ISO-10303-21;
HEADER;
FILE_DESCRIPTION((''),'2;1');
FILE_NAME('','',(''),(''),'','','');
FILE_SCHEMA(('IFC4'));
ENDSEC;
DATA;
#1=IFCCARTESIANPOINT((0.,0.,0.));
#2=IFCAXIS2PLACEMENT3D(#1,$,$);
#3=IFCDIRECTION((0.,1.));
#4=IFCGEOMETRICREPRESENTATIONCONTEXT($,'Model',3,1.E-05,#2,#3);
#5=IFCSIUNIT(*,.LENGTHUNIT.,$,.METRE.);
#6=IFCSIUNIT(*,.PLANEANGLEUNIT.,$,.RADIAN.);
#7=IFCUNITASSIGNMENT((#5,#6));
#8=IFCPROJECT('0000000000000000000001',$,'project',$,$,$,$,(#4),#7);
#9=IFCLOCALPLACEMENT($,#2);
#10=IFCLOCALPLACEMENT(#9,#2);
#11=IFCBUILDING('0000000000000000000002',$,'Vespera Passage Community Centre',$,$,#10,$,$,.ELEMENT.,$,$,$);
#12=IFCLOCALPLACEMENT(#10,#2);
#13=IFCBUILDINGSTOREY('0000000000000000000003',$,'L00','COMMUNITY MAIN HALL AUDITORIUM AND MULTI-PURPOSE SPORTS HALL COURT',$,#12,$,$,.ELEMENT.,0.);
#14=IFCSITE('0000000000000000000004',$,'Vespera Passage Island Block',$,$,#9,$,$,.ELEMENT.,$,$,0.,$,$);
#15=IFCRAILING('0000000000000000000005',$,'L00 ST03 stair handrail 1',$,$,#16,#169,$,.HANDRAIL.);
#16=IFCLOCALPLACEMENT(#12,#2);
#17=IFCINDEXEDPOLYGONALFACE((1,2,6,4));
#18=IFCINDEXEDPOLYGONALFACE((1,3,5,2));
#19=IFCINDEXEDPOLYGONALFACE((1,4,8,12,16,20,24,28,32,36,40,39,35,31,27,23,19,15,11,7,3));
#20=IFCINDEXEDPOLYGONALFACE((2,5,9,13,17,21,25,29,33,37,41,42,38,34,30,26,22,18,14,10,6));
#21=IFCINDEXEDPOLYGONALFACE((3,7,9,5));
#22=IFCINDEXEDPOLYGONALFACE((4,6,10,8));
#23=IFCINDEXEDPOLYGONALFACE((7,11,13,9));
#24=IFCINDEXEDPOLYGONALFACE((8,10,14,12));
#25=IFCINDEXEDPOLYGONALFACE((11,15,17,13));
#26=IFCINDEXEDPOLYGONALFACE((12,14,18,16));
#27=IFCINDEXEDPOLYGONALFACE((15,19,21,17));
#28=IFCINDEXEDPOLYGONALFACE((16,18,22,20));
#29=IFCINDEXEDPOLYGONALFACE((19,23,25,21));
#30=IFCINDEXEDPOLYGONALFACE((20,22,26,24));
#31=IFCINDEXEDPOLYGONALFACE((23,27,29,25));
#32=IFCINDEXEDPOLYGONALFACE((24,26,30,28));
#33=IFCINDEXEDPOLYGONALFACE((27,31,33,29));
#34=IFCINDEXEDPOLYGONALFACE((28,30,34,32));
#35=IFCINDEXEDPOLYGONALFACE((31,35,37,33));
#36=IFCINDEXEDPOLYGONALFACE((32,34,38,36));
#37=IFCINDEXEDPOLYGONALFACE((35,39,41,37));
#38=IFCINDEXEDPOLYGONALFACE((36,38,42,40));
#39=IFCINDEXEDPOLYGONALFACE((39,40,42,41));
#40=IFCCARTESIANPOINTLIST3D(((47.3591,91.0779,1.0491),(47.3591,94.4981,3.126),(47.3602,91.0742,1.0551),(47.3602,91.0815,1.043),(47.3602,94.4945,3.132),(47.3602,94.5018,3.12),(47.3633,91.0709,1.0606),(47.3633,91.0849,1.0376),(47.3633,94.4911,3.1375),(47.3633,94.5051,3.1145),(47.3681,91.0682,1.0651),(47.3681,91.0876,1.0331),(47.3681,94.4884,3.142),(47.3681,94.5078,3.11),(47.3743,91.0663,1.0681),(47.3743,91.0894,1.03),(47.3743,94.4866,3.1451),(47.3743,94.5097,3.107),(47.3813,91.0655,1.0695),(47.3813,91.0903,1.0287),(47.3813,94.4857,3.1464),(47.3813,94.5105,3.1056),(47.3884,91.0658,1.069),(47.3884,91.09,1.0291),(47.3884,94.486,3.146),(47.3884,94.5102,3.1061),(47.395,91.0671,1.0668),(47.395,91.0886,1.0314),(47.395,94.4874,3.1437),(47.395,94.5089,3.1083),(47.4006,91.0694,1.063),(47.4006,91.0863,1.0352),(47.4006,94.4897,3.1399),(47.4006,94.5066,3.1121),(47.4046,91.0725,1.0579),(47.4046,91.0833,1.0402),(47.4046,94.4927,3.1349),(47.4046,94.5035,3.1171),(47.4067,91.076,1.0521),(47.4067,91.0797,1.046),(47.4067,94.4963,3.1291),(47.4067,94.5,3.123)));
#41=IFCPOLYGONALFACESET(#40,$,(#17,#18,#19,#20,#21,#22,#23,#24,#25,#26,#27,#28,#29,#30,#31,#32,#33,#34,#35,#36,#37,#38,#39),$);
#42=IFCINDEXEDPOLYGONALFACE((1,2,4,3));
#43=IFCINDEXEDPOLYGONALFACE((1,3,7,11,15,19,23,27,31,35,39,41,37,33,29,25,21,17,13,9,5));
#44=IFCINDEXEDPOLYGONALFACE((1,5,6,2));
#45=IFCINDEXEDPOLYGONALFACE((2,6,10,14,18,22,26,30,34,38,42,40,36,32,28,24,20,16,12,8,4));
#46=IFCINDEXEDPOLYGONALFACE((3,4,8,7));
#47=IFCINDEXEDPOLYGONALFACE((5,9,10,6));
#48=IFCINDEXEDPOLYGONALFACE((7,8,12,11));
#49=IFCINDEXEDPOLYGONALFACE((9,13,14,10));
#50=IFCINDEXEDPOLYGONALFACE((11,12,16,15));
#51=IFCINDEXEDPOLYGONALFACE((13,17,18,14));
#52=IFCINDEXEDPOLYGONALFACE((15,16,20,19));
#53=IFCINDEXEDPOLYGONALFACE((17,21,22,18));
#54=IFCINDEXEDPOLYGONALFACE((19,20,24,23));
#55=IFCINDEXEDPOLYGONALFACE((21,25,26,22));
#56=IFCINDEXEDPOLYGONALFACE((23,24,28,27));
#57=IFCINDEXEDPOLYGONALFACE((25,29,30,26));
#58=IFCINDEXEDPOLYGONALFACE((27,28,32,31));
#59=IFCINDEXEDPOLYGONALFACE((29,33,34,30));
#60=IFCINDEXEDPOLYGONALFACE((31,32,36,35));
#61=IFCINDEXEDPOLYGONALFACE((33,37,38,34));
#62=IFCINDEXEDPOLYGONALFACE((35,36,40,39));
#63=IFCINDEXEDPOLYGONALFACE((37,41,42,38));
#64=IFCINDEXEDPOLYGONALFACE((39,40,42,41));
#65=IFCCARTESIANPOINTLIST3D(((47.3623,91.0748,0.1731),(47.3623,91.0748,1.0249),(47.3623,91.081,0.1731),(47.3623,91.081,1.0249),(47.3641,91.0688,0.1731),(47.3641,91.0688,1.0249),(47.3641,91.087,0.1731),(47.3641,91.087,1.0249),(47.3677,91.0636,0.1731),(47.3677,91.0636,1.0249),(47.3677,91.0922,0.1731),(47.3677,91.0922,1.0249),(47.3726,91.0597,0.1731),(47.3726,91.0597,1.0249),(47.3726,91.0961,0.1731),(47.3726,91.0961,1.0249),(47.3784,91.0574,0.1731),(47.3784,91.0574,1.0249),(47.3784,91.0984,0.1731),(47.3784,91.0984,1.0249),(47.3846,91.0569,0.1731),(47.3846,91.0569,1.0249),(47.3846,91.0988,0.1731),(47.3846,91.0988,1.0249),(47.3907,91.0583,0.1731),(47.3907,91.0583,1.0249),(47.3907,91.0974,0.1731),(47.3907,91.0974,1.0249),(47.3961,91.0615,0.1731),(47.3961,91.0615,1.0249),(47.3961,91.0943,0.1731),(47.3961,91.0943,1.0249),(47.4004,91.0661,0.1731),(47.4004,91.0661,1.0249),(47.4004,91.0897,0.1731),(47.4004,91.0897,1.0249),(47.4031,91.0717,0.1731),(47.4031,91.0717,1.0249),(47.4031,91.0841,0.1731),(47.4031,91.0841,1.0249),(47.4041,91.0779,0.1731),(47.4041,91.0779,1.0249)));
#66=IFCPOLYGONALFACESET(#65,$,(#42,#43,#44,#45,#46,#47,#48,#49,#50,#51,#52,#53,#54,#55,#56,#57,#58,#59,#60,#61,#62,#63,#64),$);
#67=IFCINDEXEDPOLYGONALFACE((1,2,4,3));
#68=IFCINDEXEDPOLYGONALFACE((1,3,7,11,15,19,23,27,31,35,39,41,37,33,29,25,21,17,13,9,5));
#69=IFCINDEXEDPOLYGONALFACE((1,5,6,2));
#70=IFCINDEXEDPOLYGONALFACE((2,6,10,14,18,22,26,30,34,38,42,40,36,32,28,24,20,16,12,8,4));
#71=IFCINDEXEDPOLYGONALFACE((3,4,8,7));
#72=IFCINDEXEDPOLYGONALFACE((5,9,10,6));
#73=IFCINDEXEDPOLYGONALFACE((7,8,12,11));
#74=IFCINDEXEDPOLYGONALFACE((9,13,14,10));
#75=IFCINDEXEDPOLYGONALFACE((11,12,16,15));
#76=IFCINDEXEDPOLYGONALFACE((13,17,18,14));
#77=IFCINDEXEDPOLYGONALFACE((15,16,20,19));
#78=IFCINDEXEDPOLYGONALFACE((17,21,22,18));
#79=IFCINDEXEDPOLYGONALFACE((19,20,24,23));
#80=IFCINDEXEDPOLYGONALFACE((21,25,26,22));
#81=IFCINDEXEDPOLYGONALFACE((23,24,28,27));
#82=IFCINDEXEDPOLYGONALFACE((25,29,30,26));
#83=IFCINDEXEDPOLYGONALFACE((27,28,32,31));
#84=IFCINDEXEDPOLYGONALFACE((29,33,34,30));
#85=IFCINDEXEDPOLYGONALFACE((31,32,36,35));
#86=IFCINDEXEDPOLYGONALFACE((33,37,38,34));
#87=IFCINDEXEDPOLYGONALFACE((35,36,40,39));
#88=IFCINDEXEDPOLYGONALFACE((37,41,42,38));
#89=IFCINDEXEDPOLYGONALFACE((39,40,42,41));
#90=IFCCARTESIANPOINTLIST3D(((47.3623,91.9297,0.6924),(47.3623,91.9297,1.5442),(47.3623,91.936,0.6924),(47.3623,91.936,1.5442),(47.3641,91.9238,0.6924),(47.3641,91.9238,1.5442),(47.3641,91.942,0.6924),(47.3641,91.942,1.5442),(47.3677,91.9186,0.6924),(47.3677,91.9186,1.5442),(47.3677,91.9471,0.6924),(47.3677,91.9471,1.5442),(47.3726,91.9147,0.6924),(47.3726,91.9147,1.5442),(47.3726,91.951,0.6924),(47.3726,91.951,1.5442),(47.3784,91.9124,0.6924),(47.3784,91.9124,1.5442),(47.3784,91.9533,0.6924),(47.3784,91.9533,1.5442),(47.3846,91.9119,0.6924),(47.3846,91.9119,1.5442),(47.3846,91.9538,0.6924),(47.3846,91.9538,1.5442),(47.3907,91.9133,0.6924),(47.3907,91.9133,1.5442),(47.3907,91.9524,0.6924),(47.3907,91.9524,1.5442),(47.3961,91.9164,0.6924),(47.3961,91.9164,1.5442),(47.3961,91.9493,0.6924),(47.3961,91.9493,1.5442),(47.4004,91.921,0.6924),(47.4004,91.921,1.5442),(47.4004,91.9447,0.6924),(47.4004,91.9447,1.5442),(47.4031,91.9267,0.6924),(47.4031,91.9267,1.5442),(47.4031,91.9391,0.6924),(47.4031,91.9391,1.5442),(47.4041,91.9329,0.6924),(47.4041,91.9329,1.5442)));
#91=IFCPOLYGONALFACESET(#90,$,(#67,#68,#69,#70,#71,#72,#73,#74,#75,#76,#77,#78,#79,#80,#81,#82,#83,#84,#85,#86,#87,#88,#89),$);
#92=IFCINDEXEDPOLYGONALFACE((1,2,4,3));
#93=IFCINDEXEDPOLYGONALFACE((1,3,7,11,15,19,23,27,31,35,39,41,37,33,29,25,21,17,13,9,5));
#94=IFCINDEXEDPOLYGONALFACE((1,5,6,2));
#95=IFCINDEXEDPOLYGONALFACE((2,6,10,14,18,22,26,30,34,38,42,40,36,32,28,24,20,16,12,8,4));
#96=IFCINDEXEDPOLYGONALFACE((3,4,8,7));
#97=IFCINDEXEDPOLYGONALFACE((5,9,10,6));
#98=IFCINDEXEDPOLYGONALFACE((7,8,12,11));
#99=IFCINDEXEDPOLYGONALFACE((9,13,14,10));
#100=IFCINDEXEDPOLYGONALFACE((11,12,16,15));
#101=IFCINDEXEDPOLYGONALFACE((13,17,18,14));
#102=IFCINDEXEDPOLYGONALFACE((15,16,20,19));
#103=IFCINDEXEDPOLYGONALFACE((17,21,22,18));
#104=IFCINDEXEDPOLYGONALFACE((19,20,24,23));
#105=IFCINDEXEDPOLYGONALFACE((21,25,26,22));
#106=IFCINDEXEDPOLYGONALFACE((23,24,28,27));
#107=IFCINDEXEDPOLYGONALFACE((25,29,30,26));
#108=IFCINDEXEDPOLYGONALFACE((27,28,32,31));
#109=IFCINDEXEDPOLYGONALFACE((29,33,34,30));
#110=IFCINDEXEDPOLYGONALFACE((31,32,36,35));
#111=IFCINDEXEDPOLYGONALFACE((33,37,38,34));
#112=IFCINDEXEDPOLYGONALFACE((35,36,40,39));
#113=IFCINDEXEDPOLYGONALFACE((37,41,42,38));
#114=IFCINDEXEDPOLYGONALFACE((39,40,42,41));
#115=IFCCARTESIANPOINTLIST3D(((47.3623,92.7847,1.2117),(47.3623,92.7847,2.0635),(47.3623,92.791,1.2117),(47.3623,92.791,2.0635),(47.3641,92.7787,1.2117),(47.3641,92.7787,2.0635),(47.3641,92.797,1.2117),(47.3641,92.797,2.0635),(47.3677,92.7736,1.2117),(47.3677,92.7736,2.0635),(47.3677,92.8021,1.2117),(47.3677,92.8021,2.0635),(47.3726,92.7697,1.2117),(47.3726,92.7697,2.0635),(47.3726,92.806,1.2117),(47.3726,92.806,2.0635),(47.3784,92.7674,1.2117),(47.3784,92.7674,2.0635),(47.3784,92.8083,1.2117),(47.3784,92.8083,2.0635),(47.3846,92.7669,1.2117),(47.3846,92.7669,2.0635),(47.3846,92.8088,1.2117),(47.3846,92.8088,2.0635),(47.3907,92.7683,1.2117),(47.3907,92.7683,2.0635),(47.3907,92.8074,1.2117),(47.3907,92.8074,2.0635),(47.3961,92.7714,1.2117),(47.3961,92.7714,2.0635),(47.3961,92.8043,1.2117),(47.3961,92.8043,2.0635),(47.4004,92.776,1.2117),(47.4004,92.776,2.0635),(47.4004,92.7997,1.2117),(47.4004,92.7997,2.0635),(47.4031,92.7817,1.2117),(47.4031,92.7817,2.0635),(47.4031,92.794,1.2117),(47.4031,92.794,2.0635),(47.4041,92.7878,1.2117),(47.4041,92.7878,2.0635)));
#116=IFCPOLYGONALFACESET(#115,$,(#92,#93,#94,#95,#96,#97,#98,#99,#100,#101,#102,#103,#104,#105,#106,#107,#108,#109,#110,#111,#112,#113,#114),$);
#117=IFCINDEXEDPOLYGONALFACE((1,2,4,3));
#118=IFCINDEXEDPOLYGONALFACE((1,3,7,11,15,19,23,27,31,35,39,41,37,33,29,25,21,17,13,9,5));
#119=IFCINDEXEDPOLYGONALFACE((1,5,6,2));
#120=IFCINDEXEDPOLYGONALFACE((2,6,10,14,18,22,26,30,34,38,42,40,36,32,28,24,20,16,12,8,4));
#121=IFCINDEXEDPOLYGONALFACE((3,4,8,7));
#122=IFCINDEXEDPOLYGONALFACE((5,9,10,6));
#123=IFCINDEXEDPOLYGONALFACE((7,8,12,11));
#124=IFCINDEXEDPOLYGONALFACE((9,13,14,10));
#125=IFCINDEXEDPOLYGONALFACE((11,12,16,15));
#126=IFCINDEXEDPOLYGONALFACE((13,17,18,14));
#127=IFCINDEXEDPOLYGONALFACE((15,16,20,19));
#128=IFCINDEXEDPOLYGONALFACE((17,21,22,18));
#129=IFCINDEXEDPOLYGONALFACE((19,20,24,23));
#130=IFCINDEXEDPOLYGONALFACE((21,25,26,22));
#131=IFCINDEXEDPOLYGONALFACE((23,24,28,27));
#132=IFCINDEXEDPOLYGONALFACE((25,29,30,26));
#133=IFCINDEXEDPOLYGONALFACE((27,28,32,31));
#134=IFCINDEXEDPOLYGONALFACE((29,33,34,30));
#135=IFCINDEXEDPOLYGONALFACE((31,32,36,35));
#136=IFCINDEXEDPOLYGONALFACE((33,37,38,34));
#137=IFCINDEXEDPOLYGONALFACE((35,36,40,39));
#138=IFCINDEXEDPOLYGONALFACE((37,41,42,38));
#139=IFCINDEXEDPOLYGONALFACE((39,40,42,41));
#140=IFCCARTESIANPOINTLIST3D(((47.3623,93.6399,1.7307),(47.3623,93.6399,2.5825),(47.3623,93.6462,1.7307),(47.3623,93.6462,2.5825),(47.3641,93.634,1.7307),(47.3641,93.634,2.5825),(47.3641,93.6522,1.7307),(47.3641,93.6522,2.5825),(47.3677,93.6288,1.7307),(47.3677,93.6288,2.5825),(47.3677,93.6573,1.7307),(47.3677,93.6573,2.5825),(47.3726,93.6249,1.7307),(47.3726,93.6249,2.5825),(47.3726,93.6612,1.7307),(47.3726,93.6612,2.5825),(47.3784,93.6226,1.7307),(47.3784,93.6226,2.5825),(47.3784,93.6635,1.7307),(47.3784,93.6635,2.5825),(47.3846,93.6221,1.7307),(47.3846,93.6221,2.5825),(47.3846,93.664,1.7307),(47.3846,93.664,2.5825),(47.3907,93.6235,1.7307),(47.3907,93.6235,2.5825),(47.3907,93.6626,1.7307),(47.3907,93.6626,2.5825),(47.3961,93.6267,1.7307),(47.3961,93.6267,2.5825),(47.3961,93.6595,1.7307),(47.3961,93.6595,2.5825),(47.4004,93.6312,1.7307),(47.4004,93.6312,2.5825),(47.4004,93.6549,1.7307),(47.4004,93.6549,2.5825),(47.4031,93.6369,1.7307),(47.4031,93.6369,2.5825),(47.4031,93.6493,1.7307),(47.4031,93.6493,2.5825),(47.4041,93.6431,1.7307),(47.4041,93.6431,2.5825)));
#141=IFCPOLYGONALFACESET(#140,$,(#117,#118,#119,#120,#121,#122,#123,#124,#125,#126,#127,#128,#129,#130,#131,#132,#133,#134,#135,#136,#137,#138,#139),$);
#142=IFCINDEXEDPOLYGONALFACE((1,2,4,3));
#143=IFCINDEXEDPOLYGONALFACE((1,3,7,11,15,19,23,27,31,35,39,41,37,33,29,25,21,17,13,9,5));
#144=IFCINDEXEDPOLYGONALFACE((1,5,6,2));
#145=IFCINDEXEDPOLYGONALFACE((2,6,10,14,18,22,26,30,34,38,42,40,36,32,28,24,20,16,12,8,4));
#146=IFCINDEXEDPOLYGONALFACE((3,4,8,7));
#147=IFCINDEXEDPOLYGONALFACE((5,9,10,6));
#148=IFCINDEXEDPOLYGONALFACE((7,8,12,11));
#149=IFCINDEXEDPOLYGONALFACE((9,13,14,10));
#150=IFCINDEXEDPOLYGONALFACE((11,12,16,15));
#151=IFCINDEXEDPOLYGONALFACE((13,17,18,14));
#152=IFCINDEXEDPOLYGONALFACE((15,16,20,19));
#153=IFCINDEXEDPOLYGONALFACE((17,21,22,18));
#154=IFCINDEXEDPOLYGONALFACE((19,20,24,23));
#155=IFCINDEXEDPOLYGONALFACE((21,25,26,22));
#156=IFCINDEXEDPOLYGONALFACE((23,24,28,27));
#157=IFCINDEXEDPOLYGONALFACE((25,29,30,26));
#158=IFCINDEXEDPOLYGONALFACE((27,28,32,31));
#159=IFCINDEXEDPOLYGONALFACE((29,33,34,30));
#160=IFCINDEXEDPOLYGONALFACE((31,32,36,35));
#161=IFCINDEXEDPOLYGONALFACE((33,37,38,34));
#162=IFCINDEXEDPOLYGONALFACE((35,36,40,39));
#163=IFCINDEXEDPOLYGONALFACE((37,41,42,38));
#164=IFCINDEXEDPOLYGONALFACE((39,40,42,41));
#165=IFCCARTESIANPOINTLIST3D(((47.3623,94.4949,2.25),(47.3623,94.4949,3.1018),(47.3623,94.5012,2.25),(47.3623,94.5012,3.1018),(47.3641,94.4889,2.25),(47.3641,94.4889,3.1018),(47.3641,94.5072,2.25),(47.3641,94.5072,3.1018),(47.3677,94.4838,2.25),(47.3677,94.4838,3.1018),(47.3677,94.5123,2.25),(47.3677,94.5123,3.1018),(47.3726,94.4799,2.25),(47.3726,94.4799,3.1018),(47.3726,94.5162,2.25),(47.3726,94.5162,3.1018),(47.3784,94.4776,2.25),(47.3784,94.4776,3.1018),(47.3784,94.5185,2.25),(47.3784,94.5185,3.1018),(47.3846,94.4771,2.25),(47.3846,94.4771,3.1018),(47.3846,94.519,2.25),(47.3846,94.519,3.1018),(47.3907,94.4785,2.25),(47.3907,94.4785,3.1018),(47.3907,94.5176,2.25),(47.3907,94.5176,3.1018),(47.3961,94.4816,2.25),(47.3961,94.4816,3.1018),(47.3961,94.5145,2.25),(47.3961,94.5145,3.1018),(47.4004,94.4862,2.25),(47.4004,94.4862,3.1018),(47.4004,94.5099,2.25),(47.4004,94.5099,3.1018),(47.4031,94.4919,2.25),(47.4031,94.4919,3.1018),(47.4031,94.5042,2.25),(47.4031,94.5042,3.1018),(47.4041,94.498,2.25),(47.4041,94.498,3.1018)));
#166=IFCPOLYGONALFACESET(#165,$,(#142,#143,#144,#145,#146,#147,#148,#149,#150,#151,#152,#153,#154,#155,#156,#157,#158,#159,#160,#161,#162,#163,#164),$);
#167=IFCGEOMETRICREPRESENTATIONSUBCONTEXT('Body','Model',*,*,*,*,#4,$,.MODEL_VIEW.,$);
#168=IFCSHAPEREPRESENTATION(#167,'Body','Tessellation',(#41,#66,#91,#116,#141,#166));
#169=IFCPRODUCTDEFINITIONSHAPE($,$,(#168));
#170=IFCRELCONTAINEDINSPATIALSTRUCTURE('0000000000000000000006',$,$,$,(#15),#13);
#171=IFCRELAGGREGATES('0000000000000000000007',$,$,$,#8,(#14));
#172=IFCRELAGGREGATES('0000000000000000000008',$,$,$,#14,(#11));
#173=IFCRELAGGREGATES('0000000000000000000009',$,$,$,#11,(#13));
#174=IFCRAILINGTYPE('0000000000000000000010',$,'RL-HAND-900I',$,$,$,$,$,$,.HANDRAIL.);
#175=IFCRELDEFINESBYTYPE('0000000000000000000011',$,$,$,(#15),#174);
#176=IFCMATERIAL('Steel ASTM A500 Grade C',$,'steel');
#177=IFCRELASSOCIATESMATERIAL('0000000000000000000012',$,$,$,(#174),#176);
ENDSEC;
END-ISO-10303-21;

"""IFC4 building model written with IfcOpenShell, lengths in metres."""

from ifc_helpers import new_model, si_unit, direction, frame, origin, origin_2d, place, context, subcontext, project, spatial, circle, extrude, material, type_object, element, save


model = new_model("IFC4")

# Units and contexts
model_context = context("Model", 3, precision=1e-05, world=origin(), true_north=direction((0.0, 1.0)))
body_context = subcontext(model_context, "Body", "Model", "MODEL_VIEW")
ifc_project = project(units=[si_unit("LENGTHUNIT", "METRE"), si_unit("PLANEANGLEUNIT", "RADIAN")], contexts=[model_context])

# Site, building, storey
site_placement = place(None, origin())
site = spatial("IfcSite", under=ifc_project, at=site_placement, Name="Vespera Passage Island Block", CompositionType="ELEMENT", RefElevation=0.0)
building_placement = place(site_placement, origin())
building = spatial("IfcBuilding", under=site, at=building_placement, Name="Vespera Passage Community Centre", CompositionType="ELEMENT")
storey_placement = place(building_placement, origin())
storey = spatial("IfcBuildingStorey", under=building, at=storey_placement, Name="L00", Description="COMMUNITY MAIN HALL AUDITORIUM AND MULTI-PURPOSE SPORTS HALL COURT", CompositionType="ELEMENT", Elevation=0.0)

# Railing
ifc_material_1 = material(Name="Steel ASTM A500 Grade C", Category="steel")
railing_type = type_object("IfcRailingType", Name="RL-HAND-900I", PredefinedType="HANDRAIL", material=ifc_material_1)
railing_placement = place(storey_placement, frame((47.3831, 91.0779, 0.1731)))
element("IfcRailing", 1, at=railing_placement, inside=storey, type_object=railing_type, Name="L00 ST03 stair handrail 1", PredefinedType="HANDRAIL", context=body_context, shape_type="SweptSolid", body=[
    extrude(circle(Radius=0.0239, at=origin_2d()), frame((0.0, 0.0, 0.876), z_axis=(0.0, 0.854746, 0.519047), x_axis=(-1.0, 0.0, 0.0)), (0.0, 0.0, 1.0), 4.0015),
    extrude(circle(Radius=0.021, at=origin_2d()), origin(), (0.0, 0.0, 1.0), 0.8518),
    extrude(circle(Radius=0.021, at=origin_2d()), frame((0.0, 0.855, 0.5193)), (0.0, 0.0, 1.0), 0.8518),
    extrude(circle(Radius=0.021, at=origin_2d()), frame((0.0, 1.71, 1.0386)), (0.0, 0.0, 1.0), 0.8518),
    extrude(circle(Radius=0.021, at=origin_2d()), frame((0.0, 2.5652, 1.5576)), (0.0, 0.0, 1.0), 0.8518),
    extrude(circle(Radius=0.021, at=origin_2d()), frame((0.0, 3.4202, 2.0769)), (0.0, 0.0, 1.0), 0.8518),
])

save(model, "model.ifc")
